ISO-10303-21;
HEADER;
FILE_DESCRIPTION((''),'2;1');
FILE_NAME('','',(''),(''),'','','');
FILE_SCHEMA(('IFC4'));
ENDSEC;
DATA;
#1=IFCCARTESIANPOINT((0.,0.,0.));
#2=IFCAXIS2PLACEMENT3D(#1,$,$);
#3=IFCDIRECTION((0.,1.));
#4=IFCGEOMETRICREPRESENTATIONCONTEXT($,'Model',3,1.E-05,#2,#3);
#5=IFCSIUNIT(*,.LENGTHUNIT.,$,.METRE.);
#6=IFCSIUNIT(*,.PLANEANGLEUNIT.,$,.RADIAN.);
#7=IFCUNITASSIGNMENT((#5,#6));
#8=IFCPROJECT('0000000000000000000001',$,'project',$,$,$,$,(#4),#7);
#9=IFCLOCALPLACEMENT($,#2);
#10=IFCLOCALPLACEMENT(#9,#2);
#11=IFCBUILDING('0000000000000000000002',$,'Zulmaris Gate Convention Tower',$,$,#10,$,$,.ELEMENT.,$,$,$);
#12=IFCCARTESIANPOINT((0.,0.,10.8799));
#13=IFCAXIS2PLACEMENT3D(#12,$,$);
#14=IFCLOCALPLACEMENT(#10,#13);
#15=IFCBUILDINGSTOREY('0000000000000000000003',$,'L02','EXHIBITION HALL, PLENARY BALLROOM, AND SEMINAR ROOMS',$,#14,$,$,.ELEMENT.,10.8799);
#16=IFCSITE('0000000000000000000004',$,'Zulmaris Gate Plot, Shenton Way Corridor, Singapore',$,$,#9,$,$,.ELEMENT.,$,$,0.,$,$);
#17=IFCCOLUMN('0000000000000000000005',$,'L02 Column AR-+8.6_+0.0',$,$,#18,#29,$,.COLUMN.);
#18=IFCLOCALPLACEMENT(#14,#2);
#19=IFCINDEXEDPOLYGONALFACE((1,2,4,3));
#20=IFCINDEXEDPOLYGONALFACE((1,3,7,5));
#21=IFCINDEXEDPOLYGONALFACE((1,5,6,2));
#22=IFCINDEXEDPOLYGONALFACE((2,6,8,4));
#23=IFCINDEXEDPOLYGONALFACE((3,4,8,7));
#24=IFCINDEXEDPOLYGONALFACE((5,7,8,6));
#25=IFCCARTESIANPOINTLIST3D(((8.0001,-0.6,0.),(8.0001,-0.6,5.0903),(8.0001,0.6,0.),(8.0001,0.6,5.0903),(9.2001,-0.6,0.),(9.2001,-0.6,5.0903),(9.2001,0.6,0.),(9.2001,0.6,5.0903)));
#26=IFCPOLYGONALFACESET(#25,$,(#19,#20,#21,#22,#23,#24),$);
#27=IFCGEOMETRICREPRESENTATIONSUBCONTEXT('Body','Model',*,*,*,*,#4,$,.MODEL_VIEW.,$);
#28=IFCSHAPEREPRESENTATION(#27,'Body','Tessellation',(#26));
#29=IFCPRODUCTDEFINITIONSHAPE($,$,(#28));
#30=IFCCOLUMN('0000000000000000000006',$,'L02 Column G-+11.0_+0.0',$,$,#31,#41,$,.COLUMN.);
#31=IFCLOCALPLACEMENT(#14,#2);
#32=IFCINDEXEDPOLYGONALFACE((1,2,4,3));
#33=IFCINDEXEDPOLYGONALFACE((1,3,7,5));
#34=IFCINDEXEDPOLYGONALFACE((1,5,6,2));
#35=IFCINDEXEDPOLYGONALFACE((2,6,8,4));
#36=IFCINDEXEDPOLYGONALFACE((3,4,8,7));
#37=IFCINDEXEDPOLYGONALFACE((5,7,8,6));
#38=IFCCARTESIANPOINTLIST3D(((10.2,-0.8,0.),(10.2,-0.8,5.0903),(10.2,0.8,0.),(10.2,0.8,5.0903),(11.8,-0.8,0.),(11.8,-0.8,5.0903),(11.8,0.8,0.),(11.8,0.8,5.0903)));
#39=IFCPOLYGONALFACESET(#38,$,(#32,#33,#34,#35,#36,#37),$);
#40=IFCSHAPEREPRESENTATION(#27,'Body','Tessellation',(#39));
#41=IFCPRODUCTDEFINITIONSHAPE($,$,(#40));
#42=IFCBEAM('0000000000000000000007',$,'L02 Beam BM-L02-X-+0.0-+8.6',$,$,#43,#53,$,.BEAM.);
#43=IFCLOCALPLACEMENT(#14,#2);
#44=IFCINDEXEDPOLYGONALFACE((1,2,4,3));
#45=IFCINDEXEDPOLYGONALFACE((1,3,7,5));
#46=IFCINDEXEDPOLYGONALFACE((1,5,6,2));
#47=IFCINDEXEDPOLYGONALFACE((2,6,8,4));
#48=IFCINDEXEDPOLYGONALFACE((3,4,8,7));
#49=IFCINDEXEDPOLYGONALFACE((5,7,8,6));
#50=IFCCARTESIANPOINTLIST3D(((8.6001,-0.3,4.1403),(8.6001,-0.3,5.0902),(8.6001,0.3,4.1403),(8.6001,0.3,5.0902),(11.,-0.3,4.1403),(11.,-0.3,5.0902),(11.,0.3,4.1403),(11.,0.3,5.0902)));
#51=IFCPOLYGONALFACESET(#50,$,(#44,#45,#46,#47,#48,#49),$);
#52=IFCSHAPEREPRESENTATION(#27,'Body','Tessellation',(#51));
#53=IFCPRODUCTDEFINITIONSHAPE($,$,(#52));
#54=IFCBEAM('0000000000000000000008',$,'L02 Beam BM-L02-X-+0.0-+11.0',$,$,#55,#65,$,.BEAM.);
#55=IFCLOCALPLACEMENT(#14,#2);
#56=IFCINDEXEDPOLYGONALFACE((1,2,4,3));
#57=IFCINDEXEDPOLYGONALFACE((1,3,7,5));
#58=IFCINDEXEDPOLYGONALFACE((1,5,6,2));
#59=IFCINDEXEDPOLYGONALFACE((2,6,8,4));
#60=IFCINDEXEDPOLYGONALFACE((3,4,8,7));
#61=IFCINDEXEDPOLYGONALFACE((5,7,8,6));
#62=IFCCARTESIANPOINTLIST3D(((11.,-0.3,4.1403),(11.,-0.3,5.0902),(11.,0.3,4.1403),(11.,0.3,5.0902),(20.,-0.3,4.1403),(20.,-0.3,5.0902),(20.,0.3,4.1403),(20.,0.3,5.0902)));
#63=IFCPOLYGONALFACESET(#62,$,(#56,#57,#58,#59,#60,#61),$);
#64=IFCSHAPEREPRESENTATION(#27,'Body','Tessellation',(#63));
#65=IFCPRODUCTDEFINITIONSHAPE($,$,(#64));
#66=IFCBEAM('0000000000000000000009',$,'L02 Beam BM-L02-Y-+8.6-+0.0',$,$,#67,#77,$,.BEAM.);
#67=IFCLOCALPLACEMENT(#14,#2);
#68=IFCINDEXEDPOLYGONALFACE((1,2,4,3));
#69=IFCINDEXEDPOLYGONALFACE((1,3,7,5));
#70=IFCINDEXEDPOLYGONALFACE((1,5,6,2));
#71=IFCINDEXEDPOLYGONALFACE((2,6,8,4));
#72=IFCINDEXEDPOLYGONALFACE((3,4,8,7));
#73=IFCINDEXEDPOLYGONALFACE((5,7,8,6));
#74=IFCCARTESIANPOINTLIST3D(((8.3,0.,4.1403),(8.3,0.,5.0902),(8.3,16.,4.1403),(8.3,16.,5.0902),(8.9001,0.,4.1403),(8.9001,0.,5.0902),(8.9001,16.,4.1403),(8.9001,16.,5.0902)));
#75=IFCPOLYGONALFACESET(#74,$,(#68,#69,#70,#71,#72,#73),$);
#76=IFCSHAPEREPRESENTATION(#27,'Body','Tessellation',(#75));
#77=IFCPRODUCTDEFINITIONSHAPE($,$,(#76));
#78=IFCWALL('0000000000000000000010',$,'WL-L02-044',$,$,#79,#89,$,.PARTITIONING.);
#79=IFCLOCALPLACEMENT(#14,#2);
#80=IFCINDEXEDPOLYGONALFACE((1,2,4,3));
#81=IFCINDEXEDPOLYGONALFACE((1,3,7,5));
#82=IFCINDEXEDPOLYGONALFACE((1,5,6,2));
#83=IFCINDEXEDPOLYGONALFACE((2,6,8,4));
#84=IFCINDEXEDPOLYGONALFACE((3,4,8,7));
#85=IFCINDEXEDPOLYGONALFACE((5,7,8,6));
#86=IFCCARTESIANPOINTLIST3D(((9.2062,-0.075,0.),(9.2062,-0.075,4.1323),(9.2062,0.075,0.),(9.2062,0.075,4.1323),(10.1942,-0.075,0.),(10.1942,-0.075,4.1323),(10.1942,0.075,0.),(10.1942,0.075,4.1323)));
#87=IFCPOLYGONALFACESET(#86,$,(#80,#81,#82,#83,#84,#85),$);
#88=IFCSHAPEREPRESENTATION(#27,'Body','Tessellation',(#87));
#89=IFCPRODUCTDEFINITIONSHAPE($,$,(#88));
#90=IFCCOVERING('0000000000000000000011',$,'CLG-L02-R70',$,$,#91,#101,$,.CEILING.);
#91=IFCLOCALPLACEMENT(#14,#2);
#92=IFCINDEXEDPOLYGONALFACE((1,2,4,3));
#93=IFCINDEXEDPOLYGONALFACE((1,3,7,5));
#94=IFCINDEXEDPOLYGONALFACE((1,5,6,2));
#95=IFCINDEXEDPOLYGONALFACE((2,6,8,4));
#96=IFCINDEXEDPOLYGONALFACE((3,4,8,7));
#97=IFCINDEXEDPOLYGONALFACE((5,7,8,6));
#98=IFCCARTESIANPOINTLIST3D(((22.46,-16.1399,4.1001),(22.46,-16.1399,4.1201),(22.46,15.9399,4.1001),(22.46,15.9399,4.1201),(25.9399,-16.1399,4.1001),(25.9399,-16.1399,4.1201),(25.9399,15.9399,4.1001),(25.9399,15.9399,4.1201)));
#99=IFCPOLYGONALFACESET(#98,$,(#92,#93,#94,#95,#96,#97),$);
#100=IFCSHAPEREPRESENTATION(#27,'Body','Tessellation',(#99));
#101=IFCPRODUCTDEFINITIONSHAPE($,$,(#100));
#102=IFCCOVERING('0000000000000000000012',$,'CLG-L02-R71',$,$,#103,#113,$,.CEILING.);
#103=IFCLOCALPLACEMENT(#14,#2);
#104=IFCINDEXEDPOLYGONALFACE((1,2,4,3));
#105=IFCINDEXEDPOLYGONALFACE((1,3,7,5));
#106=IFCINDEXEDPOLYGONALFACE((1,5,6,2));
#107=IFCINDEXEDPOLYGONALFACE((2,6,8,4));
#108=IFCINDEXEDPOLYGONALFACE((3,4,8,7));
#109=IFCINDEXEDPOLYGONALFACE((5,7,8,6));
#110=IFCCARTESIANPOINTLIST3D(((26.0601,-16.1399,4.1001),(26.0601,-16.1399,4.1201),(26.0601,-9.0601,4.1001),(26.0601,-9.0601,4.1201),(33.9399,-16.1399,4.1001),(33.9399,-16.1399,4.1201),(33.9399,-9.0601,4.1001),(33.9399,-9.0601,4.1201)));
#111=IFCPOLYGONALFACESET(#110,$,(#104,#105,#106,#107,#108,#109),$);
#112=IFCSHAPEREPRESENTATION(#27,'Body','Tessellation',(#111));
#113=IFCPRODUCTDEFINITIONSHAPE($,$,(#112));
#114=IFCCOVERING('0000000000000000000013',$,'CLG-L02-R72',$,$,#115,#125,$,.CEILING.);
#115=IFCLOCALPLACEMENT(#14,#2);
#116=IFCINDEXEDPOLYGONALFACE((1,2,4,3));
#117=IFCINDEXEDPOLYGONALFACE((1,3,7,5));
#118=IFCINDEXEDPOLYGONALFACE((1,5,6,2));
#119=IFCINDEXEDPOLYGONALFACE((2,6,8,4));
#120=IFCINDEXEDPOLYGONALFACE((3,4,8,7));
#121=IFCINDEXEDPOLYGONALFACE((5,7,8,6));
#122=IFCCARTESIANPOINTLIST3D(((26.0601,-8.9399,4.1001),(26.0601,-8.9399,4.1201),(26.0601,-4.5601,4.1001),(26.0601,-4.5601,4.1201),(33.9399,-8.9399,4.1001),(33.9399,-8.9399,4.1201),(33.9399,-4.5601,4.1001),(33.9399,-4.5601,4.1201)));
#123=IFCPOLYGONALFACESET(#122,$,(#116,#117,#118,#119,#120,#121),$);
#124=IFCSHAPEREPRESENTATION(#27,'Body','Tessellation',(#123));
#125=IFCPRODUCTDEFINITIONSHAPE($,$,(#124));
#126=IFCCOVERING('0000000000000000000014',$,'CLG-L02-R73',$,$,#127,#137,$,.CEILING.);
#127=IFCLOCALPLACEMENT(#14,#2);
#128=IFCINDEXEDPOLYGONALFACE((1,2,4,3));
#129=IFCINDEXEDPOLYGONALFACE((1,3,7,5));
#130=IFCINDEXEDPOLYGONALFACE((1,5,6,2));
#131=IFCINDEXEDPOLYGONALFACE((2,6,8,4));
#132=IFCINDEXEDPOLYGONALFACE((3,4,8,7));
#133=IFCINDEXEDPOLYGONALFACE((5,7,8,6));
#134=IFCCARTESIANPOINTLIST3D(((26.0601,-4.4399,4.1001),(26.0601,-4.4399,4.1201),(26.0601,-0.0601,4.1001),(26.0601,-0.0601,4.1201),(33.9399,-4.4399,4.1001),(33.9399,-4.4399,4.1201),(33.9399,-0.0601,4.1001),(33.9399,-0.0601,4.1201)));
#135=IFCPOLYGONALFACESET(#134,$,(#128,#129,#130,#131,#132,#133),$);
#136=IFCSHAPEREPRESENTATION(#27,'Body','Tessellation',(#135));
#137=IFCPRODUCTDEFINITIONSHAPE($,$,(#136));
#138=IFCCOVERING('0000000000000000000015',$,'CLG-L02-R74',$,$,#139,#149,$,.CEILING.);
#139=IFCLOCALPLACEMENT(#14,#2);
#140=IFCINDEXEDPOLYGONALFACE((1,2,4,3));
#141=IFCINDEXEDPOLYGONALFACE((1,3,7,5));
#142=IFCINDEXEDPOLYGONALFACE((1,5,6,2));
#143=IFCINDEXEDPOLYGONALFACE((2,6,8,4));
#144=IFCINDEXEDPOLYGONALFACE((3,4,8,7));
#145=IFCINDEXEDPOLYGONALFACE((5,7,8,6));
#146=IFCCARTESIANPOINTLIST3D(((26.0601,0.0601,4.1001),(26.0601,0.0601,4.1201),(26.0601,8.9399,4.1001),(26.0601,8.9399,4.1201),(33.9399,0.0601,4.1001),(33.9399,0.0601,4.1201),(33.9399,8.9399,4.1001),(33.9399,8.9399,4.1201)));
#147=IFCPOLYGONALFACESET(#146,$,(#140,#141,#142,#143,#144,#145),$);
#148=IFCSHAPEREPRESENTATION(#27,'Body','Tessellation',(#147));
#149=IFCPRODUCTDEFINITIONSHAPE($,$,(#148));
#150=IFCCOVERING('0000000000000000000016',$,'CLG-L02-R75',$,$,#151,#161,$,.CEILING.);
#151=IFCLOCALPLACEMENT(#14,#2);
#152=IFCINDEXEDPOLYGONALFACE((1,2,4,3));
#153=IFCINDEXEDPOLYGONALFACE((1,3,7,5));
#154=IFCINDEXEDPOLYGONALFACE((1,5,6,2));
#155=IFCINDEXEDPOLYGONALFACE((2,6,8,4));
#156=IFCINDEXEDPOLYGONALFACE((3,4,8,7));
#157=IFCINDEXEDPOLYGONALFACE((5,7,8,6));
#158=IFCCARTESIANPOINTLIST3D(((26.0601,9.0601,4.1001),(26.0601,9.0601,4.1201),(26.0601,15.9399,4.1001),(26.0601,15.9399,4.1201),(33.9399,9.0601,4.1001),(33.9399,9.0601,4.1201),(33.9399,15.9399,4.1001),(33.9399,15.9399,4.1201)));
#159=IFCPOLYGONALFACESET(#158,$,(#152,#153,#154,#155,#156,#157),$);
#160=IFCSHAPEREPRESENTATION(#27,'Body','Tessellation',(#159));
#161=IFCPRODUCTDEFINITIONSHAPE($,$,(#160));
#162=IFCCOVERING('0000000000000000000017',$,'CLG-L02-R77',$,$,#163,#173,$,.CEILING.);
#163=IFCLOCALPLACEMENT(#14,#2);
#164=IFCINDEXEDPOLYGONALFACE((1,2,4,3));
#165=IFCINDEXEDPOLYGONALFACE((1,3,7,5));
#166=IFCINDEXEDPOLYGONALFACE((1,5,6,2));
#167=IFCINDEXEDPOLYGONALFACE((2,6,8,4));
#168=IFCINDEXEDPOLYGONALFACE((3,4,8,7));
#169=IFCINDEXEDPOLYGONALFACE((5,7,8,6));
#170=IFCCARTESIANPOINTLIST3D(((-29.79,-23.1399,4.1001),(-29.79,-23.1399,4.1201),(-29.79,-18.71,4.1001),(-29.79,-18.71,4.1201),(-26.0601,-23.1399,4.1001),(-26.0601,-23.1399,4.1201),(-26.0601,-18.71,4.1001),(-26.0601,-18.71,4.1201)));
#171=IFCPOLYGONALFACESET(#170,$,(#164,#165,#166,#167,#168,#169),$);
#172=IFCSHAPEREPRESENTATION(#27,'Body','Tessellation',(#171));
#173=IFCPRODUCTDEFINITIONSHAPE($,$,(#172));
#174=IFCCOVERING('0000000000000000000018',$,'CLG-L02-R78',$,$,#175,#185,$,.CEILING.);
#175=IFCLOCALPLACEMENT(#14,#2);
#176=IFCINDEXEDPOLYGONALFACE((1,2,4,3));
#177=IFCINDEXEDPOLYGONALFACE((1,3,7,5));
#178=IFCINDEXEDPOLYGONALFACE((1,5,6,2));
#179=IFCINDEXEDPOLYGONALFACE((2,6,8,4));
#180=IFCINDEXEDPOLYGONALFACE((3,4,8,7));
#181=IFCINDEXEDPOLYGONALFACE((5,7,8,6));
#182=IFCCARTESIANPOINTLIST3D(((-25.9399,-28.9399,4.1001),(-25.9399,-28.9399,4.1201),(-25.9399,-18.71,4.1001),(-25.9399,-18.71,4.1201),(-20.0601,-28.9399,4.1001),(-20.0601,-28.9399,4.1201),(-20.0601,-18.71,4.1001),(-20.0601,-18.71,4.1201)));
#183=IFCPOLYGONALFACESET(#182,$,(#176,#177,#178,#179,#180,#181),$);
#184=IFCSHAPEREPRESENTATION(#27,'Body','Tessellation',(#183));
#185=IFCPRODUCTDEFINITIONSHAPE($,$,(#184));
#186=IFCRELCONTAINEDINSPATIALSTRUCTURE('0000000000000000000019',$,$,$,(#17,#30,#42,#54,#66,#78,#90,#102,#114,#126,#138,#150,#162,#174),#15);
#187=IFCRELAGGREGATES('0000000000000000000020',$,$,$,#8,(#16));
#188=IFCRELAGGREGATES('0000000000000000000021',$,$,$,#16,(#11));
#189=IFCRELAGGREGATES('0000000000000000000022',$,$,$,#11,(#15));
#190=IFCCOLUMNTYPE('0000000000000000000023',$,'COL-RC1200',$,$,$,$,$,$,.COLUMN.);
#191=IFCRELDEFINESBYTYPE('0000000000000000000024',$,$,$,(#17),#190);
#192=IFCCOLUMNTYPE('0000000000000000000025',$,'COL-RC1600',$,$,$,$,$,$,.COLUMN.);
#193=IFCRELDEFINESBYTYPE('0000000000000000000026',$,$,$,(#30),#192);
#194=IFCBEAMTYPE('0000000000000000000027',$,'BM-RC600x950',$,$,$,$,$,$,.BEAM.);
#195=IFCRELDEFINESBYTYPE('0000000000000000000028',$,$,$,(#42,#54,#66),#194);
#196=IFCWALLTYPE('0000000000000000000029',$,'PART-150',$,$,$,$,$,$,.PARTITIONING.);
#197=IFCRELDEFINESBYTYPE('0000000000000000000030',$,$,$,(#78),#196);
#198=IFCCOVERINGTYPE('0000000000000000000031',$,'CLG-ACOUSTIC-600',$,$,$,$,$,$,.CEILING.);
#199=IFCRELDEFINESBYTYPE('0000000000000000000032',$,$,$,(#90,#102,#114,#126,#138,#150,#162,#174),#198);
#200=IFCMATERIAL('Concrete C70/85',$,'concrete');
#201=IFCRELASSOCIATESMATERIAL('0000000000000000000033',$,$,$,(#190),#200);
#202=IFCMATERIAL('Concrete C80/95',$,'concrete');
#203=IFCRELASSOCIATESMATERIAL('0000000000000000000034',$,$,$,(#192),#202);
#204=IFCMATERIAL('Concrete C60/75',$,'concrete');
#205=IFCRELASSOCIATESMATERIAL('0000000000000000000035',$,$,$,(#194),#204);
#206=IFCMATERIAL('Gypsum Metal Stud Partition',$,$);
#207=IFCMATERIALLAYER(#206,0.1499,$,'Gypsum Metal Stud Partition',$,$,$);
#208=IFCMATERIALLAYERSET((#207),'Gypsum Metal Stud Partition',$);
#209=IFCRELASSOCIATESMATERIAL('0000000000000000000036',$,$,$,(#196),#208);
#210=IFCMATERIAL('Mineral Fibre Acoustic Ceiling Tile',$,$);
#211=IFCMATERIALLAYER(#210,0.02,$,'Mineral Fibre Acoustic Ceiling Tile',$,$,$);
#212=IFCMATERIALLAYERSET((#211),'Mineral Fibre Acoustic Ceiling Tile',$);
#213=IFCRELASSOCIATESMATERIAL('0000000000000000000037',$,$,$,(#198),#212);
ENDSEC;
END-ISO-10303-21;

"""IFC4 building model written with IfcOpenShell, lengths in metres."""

from ifc_helpers import new_model, si_unit, direction, frame, frame_2d, origin, origin_2d, place, context, subcontext, project, spatial, polyline, rectangle, outline, extrude, material, layer, layer_set, material_profile, profile_set, type_object, element, save


model = new_model("IFC4")

# Units and contexts
model_context = context("Model", 3, precision=1e-05, world=origin(), true_north=direction((0.0, 1.0)))
body_context = subcontext(model_context, "Body", "Model", "MODEL_VIEW")
ifc_project = project(units=[si_unit("LENGTHUNIT", "METRE"), si_unit("PLANEANGLEUNIT", "RADIAN")], contexts=[model_context])

# Site, building, storey
site_placement = place(None, origin())
site = spatial("IfcSite", under=ifc_project, at=site_placement, Name="Zulmaris Gate Plot, Shenton Way Corridor, Singapore", CompositionType="ELEMENT", RefElevation=0.0)
building_placement = place(site_placement, origin())
building = spatial("IfcBuilding", under=site, at=building_placement, Name="Zulmaris Gate Convention Tower", CompositionType="ELEMENT")
storey_placement = place(building_placement, frame((0.0, 0.0, 10.8799)))
storey = spatial("IfcBuildingStorey", under=building, at=storey_placement, Name="L02", Description="EXHIBITION HALL, PLENARY BALLROOM, AND SEMINAR ROOMS", CompositionType="ELEMENT", Elevation=10.8799)

# Columns
ifc_material_1 = material(Name="Concrete C70/85", Category="concrete")
ifc_material_profile_1 = material_profile(ifc_material_1, rectangle(XDim=1.2, YDim=1.2, at=origin_2d()), Name="RC COL 1200x1200")
ifc_profile_set_1 = profile_set([ifc_material_profile_1], Name="Concrete C70/85")
column_type_1 = type_object("IfcColumnType", Name="COL-RC1200", PredefinedType="COLUMN", material=ifc_profile_set_1)
column_1_placement = place(storey_placement, frame((8.6001, 0.0, 0.0), z_axis=(0.0, 0.0, 1.0), x_axis=(1.0, 0.0, 0.0)))
element("IfcColumn", 1, at=column_1_placement, inside=storey, type_object=column_type_1, Name="L02 Column AR-+8.6_+0.0", PredefinedType="COLUMN", context=body_context, shape_type="SweptSolid", body=[
    extrude(rectangle(XDim=1.2, YDim=1.2, at=origin_2d()), origin(), (0.0, 0.0, 1.0), 5.0903),
])
ifc_material_2 = material(Name="Concrete C80/95", Category="concrete")
ifc_material_profile_2 = material_profile(ifc_material_2, rectangle(XDim=1.6001, YDim=1.6001, at=origin_2d()), Name="RC COL 1600x1600")
ifc_profile_set_2 = profile_set([ifc_material_profile_2], Name="Concrete C80/95")
column_type_2 = type_object("IfcColumnType", Name="COL-RC1600", PredefinedType="COLUMN", material=ifc_profile_set_2)
column_2_placement = place(storey_placement, frame((11.0, 0.0, 0.0), z_axis=(0.0, 0.0, 1.0), x_axis=(1.0, 0.0, 0.0)))
element("IfcColumn", 2, at=column_2_placement, inside=storey, type_object=column_type_2, Name="L02 Column G-+11.0_+0.0", PredefinedType="COLUMN", context=body_context, shape_type="SweptSolid", body=[
    extrude(rectangle(XDim=1.6001, YDim=1.6001, at=origin_2d()), origin(), (0.0, 0.0, 1.0), 5.0903),
])

# Beams
ifc_material_3 = material(Name="Concrete C60/75", Category="concrete")
ifc_material_profile_3 = material_profile(ifc_material_3, rectangle(XDim=0.6001, YDim=0.95, at=origin_2d()), Name="RC BEAM 600x950")
ifc_profile_set_3 = profile_set([ifc_material_profile_3], Name="Concrete C60/75")
beam_type = type_object("IfcBeamType", Name="BM-RC600x950", PredefinedType="BEAM", material=ifc_profile_set_3)
beam_1_placement = place(storey_placement, frame((8.6001, 0.0, 4.6152), z_axis=(1.0, 0.0, 0.0), x_axis=(0.0, 1.0, 0.0)))
element("IfcBeam", 3, at=beam_1_placement, inside=storey, type_object=beam_type, Name="L02 Beam BM-L02-X-+0.0-+8.6", PredefinedType="BEAM", context=body_context, shape_type="SweptSolid", body=[
    extrude(rectangle(XDim=0.6001, YDim=0.95, at=origin_2d()), origin(), (0.0, 0.0, 1.0), 2.3999),
])
beam_2_placement = place(storey_placement, frame((11.0, 0.0, 4.6152), z_axis=(1.0, 0.0, 0.0), x_axis=(0.0, 1.0, 0.0)))
element("IfcBeam", 4, at=beam_2_placement, inside=storey, type_object=beam_type, Name="L02 Beam BM-L02-X-+0.0-+11.0", PredefinedType="BEAM", context=body_context, shape_type="SweptSolid", body=[
    extrude(rectangle(XDim=0.6001, YDim=0.95, at=origin_2d()), origin(), (0.0, 0.0, 1.0), 9.0),
])
beam_3_placement = place(storey_placement, frame((8.6001, 0.0, 4.6152), z_axis=(0.0, 1.0, 0.0), x_axis=(-1.0, 0.0, 0.0)))
element("IfcBeam", 5, at=beam_3_placement, inside=storey, type_object=beam_type, Name="L02 Beam BM-L02-Y-+8.6-+0.0", PredefinedType="BEAM", context=body_context, shape_type="SweptSolid", body=[
    extrude(rectangle(XDim=0.6001, YDim=0.95, at=origin_2d()), origin(), (0.0, 0.0, 1.0), 16.0),
])

# Wall
ifc_material_4 = material(Name="Gypsum Metal Stud Partition")
ifc_layer_1 = layer(ifc_material_4, 0.1499, Name="Gypsum Metal Stud Partition")
ifc_layer_set_1 = layer_set([ifc_layer_1], Name="Gypsum Metal Stud Partition")
wall_type = type_object("IfcWallType", Name="PART-150", PredefinedType="PARTITIONING", material=ifc_layer_set_1)
wall_placement = place(storey_placement, frame((9.2061, 0.0, 0.0), z_axis=(0.0, 0.0, 1.0), x_axis=(1.0, 0.0, 0.0)))
element("IfcWall", 6, at=wall_placement, inside=storey, type_object=wall_type, Name="WL-L02-044", PredefinedType="PARTITIONING", context=body_context, shape_type="SweptSolid", body=[
    extrude(rectangle(XDim=0.988, YDim=0.1499, at=frame_2d((0.4941, 0.0))), origin(), (0.0, 0.0, 1.0), 4.1323),
])

# Coverings
ifc_material_5 = material(Name="Mineral Fibre Acoustic Ceiling Tile")
ifc_layer_2 = layer(ifc_material_5, 0.02, Name="Mineral Fibre Acoustic Ceiling Tile")
ifc_layer_set_2 = layer_set([ifc_layer_2], Name="Mineral Fibre Acoustic Ceiling Tile")
covering_type_1 = type_object("IfcCoveringType", Name="CLG-ACOUSTIC-600", PredefinedType="CEILING", material=ifc_layer_set_2)
covering_1_placement = place(storey_placement, frame((0.0, 0.0, 4.1001)))
element("IfcCovering", 7, at=covering_1_placement, inside=storey, type_object=covering_type_1, Name="CLG-L02-R70", PredefinedType="CEILING", context=body_context, shape_type="SweptSolid", body=[
    extrude(outline(polyline([(22.46, -16.1399), (25.9399, -16.1399), (25.9399, 15.9399), (22.46, 15.9399), (22.46, -16.1399)])), origin(), (0.0, 0.0, 1.0), 0.02),
])
covering_2_placement = place(storey_placement, frame((0.0, 0.0, 4.1001)))
element("IfcCovering", 8, at=covering_2_placement, inside=storey, type_object=covering_type_1, Name="CLG-L02-R71", PredefinedType="CEILING", context=body_context, shape_type="SweptSolid", body=[
    extrude(outline(polyline([(26.0601, -16.1399), (33.9399, -16.1399), (33.9399, -9.0601), (26.0601, -9.0601), (26.0601, -16.1399)])), origin(), (0.0, 0.0, 1.0), 0.02),
])
covering_3_placement = place(storey_placement, frame((0.0, 0.0, 4.1001)))
element("IfcCovering", 9, at=covering_3_placement, inside=storey, type_object=covering_type_1, Name="CLG-L02-R72", PredefinedType="CEILING", context=body_context, shape_type="SweptSolid", body=[
    extrude(outline(polyline([(26.0601, -8.9399), (33.9399, -8.9399), (33.9399, -4.5601), (26.0601, -4.5601), (26.0601, -8.9399)])), origin(), (0.0, 0.0, 1.0), 0.02),
])
covering_4_placement = place(storey_placement, frame((0.0, 0.0, 4.1001)))
element("IfcCovering", 10, at=covering_4_placement, inside=storey, type_object=covering_type_1, Name="CLG-L02-R73", PredefinedType="CEILING", context=body_context, shape_type="SweptSolid", body=[
    extrude(outline(polyline([(26.0601, -4.4399), (33.9399, -4.4399), (33.9399, -0.0601), (26.0601, -0.0601), (26.0601, -4.4399)])), origin(), (0.0, 0.0, 1.0), 0.02),
])
covering_5_placement = place(storey_placement, frame((0.0, 0.0, 4.1001)))
element("IfcCovering", 11, at=covering_5_placement, inside=storey, type_object=covering_type_1, Name="CLG-L02-R74", PredefinedType="CEILING", context=body_context, shape_type="SweptSolid", body=[
    extrude(outline(polyline([(26.0601, 0.0601), (33.9399, 0.0601), (33.9399, 8.9399), (26.0601, 8.9399), (26.0601, 0.0601)])), origin(), (0.0, 0.0, 1.0), 0.02),
])
covering_6_placement = place(storey_placement, frame((0.0, 0.0, 4.1001)))
element("IfcCovering", 12, at=covering_6_placement, inside=storey, type_object=covering_type_1, Name="CLG-L02-R75", PredefinedType="CEILING", context=body_context, shape_type="SweptSolid", body=[
    extrude(outline(polyline([(26.0601, 9.0601), (33.9399, 9.0601), (33.9399, 15.9399), (26.0601, 15.9399), (26.0601, 9.0601)])), origin(), (0.0, 0.0, 1.0), 0.02),
])
covering_7_placement = place(storey_placement, frame((0.0, 0.0, 4.1001)))
element("IfcCovering", 13, at=covering_7_placement, inside=storey, type_object=covering_type_1, Name="CLG-L02-R77", PredefinedType="CEILING", context=body_context, shape_type="SweptSolid", body=[
    extrude(outline(polyline([(-29.79, -23.1399), (-26.0601, -23.1399), (-26.0601, -18.71), (-29.79, -18.71), (-29.79, -23.1399)])), origin(), (0.0, 0.0, 1.0), 0.02),
])
covering_8_placement = place(storey_placement, frame((0.0, 0.0, 4.1001)))
element("IfcCovering", 14, at=covering_8_placement, inside=storey, type_object=covering_type_1, Name="CLG-L02-R78", PredefinedType="CEILING", context=body_context, shape_type="SweptSolid", body=[
    extrude(outline(polyline([(-25.9399, -28.9399), (-20.0601, -28.9399), (-20.0601, -18.71), (-25.9399, -18.71), (-25.9399, -28.9399)])), origin(), (0.0, 0.0, 1.0), 0.02),
])

save(model, "model.ifc")
